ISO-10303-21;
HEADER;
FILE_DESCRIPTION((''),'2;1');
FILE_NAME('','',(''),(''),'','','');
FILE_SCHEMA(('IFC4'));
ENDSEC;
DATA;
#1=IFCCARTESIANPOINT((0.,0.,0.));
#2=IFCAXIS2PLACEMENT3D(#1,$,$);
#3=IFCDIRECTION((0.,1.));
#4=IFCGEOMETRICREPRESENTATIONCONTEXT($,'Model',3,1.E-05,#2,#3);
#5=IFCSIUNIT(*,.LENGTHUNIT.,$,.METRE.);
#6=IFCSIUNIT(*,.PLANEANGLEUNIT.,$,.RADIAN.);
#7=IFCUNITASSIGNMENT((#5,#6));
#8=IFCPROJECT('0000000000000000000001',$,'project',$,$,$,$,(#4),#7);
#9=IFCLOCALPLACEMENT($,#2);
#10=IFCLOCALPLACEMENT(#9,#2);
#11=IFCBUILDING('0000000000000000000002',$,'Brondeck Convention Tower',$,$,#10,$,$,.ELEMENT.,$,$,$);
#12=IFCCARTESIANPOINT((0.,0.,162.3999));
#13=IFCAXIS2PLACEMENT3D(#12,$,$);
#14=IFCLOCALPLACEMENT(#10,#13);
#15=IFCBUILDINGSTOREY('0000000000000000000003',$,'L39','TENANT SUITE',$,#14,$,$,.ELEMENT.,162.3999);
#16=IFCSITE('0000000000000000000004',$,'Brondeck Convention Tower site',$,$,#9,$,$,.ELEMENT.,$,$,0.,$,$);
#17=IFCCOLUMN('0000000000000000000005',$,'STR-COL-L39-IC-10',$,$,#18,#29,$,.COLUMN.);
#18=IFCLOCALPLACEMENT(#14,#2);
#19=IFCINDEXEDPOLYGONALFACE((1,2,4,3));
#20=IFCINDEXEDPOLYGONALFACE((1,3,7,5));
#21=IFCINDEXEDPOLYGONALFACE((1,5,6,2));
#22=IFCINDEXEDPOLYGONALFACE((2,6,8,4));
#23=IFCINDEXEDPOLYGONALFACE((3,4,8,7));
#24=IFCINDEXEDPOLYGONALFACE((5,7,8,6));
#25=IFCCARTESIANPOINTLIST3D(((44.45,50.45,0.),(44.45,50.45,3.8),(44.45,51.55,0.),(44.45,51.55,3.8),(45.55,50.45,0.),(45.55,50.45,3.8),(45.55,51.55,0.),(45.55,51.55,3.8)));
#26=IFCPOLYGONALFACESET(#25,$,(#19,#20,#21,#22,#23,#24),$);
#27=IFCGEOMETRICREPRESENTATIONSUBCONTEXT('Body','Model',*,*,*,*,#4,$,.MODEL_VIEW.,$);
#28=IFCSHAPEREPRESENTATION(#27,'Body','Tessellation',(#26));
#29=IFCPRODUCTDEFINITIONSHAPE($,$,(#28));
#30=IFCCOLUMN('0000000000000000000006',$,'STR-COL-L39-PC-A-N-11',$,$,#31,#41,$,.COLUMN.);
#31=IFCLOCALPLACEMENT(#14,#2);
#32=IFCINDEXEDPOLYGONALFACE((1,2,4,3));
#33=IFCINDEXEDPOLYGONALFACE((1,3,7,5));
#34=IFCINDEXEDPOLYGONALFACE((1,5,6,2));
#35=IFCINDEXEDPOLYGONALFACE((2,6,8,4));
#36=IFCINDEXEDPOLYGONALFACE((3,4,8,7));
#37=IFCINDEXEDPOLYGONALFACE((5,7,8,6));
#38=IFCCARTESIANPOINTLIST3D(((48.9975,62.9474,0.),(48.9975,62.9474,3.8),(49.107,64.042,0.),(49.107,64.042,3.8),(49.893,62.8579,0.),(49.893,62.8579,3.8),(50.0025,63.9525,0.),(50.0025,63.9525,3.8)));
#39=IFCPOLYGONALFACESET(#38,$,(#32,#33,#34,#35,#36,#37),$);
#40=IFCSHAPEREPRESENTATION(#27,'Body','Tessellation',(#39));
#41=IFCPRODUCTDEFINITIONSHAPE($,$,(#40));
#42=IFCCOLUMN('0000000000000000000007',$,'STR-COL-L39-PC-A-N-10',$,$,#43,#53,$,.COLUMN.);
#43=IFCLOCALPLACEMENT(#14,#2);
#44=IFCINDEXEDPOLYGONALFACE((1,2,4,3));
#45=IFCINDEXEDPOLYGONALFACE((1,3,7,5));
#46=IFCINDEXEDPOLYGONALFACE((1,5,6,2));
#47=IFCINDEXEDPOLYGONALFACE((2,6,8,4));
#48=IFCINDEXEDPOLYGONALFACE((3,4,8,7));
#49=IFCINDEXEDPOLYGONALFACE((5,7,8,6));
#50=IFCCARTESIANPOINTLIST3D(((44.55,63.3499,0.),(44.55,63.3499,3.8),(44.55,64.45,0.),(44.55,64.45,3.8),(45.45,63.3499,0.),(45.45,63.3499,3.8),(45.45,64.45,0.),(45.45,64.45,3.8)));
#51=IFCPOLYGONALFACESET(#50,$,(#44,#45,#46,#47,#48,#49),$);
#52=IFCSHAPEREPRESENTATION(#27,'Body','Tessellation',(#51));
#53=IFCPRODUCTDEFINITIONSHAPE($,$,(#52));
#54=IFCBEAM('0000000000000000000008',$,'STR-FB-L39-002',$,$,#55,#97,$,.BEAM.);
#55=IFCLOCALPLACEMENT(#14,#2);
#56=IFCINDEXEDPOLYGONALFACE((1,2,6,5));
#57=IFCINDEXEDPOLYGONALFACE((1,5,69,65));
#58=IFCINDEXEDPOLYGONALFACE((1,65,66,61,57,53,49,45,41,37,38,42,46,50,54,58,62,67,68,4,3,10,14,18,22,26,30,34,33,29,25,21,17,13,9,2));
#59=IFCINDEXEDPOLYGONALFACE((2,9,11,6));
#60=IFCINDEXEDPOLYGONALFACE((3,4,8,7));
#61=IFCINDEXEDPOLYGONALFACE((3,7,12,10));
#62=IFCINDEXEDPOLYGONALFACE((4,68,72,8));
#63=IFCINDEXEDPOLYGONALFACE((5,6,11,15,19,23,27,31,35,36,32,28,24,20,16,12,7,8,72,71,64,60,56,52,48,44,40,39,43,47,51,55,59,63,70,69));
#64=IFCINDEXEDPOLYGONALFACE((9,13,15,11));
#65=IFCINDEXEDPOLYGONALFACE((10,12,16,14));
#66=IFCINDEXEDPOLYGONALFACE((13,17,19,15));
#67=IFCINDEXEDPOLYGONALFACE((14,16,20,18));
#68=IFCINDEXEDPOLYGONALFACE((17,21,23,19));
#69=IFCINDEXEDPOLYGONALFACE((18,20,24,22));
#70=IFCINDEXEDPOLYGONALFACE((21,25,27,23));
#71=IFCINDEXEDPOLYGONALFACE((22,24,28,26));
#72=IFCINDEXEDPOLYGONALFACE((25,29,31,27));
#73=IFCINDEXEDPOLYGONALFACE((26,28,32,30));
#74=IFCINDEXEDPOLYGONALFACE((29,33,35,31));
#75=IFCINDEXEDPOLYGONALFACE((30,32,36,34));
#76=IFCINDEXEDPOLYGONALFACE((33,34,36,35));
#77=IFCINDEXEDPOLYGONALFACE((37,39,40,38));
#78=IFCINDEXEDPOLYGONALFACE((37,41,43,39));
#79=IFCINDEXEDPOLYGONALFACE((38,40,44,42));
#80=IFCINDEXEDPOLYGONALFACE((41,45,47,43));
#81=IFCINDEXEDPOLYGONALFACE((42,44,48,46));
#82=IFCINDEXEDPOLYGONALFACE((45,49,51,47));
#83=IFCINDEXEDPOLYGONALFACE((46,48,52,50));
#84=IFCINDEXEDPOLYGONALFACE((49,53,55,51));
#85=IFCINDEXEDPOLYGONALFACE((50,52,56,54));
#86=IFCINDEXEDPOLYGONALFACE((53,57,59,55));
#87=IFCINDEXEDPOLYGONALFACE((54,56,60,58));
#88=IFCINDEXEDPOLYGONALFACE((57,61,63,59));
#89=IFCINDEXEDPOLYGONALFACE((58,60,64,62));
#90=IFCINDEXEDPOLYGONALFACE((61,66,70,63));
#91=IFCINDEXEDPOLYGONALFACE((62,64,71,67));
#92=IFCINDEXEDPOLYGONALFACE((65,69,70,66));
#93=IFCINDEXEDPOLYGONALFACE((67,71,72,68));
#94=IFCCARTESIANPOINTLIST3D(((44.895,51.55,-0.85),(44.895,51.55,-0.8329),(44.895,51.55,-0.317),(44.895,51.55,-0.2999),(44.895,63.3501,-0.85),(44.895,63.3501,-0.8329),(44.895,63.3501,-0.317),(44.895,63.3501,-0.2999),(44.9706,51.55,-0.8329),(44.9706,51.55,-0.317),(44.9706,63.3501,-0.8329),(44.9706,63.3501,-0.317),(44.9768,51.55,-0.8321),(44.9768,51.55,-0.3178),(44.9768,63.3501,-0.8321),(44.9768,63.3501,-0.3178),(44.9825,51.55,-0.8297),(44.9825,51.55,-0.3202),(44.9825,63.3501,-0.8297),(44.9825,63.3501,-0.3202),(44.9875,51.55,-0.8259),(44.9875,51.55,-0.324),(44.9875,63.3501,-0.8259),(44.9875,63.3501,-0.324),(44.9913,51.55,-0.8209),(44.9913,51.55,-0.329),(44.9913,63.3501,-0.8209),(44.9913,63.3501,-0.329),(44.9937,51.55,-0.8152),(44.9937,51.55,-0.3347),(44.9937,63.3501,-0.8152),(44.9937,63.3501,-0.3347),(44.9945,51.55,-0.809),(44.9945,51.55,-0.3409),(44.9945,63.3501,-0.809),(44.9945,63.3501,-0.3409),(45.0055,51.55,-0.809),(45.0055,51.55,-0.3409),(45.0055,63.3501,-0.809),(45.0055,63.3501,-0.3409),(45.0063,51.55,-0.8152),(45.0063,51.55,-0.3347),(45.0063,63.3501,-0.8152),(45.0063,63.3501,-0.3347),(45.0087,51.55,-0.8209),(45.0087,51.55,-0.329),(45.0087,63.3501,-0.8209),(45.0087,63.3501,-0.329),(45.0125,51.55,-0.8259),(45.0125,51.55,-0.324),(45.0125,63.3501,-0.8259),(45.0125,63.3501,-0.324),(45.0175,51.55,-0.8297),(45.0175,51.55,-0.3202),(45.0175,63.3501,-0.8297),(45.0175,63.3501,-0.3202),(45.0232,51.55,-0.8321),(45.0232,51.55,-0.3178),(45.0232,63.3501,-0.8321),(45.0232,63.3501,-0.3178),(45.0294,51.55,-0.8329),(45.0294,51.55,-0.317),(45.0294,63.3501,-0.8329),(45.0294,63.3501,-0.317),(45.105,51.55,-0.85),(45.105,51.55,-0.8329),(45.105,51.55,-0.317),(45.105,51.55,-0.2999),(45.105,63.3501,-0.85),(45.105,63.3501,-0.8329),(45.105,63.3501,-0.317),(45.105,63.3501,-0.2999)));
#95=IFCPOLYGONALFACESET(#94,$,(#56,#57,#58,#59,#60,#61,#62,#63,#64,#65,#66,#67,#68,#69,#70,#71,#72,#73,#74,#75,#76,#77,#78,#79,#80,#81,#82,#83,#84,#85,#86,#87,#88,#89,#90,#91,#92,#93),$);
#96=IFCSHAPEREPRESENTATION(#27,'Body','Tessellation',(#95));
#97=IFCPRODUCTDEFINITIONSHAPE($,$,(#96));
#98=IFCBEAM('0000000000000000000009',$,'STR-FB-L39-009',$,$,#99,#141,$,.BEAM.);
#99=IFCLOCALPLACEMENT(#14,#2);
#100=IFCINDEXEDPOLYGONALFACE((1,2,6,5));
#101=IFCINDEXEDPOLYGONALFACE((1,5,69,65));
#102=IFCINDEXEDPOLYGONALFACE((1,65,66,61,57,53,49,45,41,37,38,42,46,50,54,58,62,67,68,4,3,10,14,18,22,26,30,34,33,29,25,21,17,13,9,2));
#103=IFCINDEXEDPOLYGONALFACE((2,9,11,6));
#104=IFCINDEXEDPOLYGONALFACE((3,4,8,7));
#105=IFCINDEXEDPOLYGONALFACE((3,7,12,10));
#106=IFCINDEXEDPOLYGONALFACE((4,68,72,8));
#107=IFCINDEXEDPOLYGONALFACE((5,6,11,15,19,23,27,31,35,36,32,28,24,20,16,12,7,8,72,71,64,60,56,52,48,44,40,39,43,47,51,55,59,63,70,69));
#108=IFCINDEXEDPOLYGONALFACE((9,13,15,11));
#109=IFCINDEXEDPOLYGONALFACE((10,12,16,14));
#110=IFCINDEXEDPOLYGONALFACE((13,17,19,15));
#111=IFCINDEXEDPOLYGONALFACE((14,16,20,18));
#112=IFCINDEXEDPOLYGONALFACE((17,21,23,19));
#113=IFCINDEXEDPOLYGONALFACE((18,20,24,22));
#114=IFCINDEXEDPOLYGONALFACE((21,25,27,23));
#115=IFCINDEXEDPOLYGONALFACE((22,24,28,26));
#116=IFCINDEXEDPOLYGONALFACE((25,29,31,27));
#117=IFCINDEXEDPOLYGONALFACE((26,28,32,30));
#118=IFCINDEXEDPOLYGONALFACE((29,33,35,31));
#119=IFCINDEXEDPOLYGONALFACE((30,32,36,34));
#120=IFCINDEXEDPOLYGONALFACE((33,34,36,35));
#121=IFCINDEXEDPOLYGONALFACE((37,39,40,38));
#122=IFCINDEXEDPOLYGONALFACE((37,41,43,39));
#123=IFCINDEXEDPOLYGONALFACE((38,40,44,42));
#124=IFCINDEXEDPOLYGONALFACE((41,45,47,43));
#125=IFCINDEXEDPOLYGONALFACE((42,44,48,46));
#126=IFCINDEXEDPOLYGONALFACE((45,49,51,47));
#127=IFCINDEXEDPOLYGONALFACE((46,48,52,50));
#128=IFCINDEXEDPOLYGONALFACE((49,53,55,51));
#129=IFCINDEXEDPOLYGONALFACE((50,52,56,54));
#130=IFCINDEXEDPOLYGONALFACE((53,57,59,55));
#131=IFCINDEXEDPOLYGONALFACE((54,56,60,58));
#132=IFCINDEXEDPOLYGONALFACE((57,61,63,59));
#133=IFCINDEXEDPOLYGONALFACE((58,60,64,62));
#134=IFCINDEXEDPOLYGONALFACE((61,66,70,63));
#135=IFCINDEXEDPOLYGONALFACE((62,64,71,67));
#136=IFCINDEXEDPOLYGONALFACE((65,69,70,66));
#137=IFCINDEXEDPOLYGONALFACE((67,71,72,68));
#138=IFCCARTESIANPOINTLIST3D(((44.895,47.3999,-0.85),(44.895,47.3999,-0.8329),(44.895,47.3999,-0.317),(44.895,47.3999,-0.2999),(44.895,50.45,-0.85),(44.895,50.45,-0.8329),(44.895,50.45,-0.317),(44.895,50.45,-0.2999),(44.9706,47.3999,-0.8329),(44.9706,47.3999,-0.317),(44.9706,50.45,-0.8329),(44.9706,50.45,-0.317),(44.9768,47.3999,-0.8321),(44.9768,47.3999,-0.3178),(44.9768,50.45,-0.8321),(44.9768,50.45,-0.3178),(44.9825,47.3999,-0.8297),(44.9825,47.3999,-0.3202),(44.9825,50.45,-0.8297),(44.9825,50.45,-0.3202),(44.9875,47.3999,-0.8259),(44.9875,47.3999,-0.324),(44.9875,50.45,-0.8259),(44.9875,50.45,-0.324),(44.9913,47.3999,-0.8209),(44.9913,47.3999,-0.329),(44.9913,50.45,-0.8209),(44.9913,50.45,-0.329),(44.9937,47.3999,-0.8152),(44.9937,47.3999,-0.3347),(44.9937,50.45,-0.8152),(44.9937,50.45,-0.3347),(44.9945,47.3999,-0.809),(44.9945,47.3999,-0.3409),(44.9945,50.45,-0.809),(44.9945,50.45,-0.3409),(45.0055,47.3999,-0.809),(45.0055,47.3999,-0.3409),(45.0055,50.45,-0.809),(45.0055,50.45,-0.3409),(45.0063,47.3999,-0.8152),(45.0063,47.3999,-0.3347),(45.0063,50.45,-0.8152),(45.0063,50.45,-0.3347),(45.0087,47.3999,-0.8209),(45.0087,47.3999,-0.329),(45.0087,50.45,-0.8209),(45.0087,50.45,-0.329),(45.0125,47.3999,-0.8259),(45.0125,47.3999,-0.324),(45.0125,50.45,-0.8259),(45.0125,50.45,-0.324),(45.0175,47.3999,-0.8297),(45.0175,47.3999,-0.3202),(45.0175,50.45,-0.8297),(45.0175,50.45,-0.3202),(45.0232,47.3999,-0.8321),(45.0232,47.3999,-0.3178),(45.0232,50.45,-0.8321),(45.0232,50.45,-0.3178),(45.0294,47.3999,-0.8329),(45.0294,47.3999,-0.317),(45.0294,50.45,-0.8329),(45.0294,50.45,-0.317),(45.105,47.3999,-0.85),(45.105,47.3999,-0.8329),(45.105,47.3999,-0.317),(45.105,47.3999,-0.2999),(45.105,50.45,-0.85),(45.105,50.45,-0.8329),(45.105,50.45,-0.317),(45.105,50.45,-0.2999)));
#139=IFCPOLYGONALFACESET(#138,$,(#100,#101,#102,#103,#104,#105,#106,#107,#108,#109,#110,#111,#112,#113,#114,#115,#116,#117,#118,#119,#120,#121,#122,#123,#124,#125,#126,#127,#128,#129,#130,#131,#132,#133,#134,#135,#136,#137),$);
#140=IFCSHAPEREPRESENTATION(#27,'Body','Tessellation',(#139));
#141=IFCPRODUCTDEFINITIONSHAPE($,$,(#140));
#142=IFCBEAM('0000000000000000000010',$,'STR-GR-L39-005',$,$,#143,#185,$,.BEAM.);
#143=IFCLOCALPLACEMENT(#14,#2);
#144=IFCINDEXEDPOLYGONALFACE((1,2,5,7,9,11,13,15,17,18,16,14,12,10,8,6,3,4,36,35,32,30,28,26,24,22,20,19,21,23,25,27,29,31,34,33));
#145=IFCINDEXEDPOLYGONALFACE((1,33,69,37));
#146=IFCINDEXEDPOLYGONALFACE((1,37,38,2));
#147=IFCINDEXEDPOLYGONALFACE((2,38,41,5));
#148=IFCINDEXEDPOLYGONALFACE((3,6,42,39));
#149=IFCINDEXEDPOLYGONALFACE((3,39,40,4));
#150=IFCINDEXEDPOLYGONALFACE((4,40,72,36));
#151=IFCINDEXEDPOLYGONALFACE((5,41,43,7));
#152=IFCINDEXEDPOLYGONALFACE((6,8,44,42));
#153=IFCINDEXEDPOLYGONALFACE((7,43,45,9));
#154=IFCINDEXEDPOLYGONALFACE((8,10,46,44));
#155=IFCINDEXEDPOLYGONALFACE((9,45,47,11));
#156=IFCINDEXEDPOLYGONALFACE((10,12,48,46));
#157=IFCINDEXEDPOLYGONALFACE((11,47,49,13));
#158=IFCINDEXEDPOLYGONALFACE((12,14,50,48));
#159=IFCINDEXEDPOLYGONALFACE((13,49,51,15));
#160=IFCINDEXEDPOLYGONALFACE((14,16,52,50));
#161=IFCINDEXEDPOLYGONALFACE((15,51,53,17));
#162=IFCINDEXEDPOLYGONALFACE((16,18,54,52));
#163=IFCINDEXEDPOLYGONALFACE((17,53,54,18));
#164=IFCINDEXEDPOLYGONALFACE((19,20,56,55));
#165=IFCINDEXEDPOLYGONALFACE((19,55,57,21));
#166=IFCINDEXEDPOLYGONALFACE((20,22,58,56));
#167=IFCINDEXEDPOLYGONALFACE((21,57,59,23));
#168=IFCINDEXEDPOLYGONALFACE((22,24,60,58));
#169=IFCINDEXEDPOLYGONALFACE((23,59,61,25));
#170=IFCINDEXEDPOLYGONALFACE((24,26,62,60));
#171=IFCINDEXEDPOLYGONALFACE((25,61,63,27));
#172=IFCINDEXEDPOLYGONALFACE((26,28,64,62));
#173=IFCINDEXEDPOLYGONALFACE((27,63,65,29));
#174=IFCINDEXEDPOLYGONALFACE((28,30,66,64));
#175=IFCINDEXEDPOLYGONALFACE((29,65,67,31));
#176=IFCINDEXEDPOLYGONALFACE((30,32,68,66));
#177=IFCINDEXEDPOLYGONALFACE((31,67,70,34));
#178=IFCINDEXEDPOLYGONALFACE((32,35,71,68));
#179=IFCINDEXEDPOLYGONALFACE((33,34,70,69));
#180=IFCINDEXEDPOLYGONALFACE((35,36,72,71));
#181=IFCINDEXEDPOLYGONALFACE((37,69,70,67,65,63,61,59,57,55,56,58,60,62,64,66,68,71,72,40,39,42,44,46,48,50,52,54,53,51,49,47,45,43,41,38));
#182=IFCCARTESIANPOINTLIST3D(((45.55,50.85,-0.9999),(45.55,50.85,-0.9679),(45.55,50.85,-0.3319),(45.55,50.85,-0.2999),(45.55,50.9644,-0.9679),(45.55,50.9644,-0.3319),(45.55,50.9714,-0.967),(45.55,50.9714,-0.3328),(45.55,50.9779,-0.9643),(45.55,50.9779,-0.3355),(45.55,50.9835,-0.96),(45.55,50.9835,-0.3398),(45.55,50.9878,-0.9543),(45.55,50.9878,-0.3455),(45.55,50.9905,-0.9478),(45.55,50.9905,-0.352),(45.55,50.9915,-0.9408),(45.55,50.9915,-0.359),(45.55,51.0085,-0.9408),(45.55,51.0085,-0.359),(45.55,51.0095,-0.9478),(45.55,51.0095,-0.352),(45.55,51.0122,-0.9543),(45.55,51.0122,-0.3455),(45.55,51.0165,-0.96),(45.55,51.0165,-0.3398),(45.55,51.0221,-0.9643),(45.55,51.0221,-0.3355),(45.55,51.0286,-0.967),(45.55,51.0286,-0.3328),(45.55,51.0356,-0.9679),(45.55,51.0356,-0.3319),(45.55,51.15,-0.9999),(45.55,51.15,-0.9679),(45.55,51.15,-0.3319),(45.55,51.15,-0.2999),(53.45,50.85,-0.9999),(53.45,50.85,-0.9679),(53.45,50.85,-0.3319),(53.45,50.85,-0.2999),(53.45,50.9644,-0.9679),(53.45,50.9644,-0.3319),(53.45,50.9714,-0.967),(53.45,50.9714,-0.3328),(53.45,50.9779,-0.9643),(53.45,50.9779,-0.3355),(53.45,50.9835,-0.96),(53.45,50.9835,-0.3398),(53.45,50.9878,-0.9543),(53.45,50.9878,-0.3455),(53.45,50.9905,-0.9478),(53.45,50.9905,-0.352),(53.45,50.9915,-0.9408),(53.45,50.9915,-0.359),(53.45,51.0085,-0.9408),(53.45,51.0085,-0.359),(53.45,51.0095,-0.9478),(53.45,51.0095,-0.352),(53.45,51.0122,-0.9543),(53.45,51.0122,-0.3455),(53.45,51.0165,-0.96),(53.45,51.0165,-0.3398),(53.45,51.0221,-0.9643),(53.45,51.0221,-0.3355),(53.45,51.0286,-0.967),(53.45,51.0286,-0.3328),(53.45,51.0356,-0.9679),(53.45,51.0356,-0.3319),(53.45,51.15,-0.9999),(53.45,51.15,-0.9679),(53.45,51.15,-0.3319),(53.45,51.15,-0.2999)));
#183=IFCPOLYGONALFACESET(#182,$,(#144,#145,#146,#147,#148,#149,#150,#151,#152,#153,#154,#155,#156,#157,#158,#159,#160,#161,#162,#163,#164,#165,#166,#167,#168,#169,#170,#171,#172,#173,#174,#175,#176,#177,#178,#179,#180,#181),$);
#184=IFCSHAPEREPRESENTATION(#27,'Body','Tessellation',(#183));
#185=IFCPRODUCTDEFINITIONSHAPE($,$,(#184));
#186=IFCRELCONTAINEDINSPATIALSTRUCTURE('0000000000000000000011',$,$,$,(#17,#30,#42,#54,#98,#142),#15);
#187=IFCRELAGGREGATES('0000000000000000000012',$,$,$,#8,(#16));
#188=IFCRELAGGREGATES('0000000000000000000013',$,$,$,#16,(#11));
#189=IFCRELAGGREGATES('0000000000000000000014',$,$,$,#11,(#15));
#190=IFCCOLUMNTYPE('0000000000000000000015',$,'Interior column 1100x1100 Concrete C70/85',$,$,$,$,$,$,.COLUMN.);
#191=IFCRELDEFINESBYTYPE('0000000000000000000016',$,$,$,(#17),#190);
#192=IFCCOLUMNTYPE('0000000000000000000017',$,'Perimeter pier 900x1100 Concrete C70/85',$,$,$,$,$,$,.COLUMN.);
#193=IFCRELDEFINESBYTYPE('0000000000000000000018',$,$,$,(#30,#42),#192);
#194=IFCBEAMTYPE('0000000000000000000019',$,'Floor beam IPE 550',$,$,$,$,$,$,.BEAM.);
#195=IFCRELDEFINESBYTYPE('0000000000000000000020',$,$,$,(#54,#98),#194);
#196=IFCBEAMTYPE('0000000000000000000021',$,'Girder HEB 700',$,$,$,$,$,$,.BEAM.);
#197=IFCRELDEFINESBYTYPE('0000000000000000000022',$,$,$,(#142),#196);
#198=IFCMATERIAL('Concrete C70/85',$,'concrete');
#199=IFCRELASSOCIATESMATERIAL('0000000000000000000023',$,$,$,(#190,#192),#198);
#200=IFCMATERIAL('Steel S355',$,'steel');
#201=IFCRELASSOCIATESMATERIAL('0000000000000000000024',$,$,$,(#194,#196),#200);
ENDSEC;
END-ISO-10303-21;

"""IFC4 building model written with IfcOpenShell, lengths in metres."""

from ifc_helpers import new_model, si_unit, direction, frame, origin, origin_2d, place, context, subcontext, project, spatial, rectangle, i_section, extrude, material, material_profile, profile_set, type_object, element, save


model = new_model("IFC4")

# Units and contexts
model_context = context("Model", 3, precision=1e-05, world=origin(), true_north=direction((0.0, 1.0)))
body_context = subcontext(model_context, "Body", "Model", "MODEL_VIEW")
ifc_project = project(units=[si_unit("LENGTHUNIT", "METRE"), si_unit("PLANEANGLEUNIT", "RADIAN")], contexts=[model_context])

# Site, building, storey
site_placement = place(None, origin())
site = spatial("IfcSite", under=ifc_project, at=site_placement, Name="Brondeck Convention Tower site", CompositionType="ELEMENT", RefElevation=0.0)
building_placement = place(site_placement, origin())
building = spatial("IfcBuilding", under=site, at=building_placement, Name="Brondeck Convention Tower", CompositionType="ELEMENT")
storey_placement = place(building_placement, frame((0.0, 0.0, 162.3999)))
storey = spatial("IfcBuildingStorey", under=building, at=storey_placement, Name="L39", Description="TENANT SUITE", CompositionType="ELEMENT", Elevation=162.3999)

# Columns
ifc_material_1 = material(Name="Concrete C70/85", Category="concrete")
ifc_material_profile_1 = material_profile(ifc_material_1, rectangle(XDim=1.1001, YDim=1.1001, at=origin_2d()), Name="Interior column 1100x1100 Concrete C70/85")
ifc_profile_set_1 = profile_set([ifc_material_profile_1], Name="Concrete C70/85")
column_type_1 = type_object("IfcColumnType", Name="Interior column 1100x1100 Concrete C70/85", PredefinedType="COLUMN", material=ifc_profile_set_1)
column_placement = place(storey_placement, frame((45.0, 51.0, 0.0), z_axis=(0.0, 0.0, 1.0), x_axis=(1.0, 0.0, 0.0)))
element("IfcColumn", 1, at=column_placement, inside=storey, type_object=column_type_1, Name="STR-COL-L39-IC-10", PredefinedType="COLUMN", context=body_context, shape_type="SweptSolid", body=[
    extrude(rectangle(XDim=1.1001, YDim=1.1001, at=origin_2d()), origin(), (0.0, 0.0, 1.0), 3.8),
])
ifc_material_profile_2 = material_profile(ifc_material_1, rectangle(XDim=0.8999, YDim=1.1001, at=origin_2d()), Name="Perimeter pier 900x1100 Concrete C70/85")
ifc_profile_set_2 = profile_set([ifc_material_profile_2], Name="Concrete C70/85")
column_type_2 = type_object("IfcColumnType", Name="Perimeter pier 900x1100 Concrete C70/85", PredefinedType="COLUMN", material=ifc_profile_set_2)
for number, where, z_axis, x_axis, name in (
    (2, (49.5, 63.45, 0.0), (0.0, 0.0, 1.0), (-0.995037, 0.099504, 0.0), "STR-COL-L39-PC-A-N-11"),
    (3, (45.0, 63.8999, 0.0), (0.0, 0.0, 1.0), (-1.0, 0.0, 0.0), "STR-COL-L39-PC-A-N-10"),
):
    element("IfcColumn", number, at=place(storey_placement, frame(where, z_axis=z_axis, x_axis=x_axis)), inside=storey, type_object=column_type_2, Name=name, PredefinedType="COLUMN", context=body_context, shape_type="SweptSolid", body=[
        extrude(rectangle(XDim=0.8999, YDim=1.1001, at=origin_2d()), origin(), (0.0, 0.0, 1.0), 3.8),
    ])

# Beams
ifc_material_2 = material(Name="Steel S355", Category="steel")
ifc_material_profile_3 = material_profile(ifc_material_2, i_section(OverallWidth=0.21, OverallDepth=0.55, WebThickness=0.011, FlangeThickness=0.0171, FilletRadius=0.0239, at=origin_2d()), Name="IPE 550")
ifc_profile_set_3 = profile_set([ifc_material_profile_3], Name="Steel S355")
beam_type_1 = type_object("IfcBeamType", Name="Floor beam IPE 550", PredefinedType="BEAM", material=ifc_profile_set_3)
beam_1_placement = place(storey_placement, frame((45.0, 51.55, -0.575), z_axis=(0.0, 1.0, 0.0), x_axis=(-1.0, 0.0, 0.0)))
element("IfcBeam", 4, at=beam_1_placement, inside=storey, type_object=beam_type_1, Name="STR-FB-L39-002", PredefinedType="BEAM", context=body_context, shape_type="SweptSolid", body=[
    extrude(i_section(OverallWidth=0.21, OverallDepth=0.55, WebThickness=0.011, FlangeThickness=0.0171, FilletRadius=0.0239, at=origin_2d()), origin(), (0.0, 0.0, 1.0), 11.8),
])
beam_2_placement = place(storey_placement, frame((45.0, 47.3999, -0.575), z_axis=(0.0, 1.0, 0.0), x_axis=(-1.0, 0.0, 0.0)))
element("IfcBeam", 5, at=beam_2_placement, inside=storey, type_object=beam_type_1, Name="STR-FB-L39-009", PredefinedType="BEAM", context=body_context, shape_type="SweptSolid", body=[
    extrude(i_section(OverallWidth=0.21, OverallDepth=0.55, WebThickness=0.011, FlangeThickness=0.0171, FilletRadius=0.0239, at=origin_2d()), origin(), (0.0, 0.0, 1.0), 3.05),
])
ifc_material_profile_4 = material_profile(ifc_material_2, i_section(OverallWidth=0.3, OverallDepth=0.7, WebThickness=0.0171, FlangeThickness=0.032, FilletRadius=0.0271, at=origin_2d()), Name="HEB 700")
ifc_profile_set_4 = profile_set([ifc_material_profile_4], Name="Steel S355")
beam_type_2 = type_object("IfcBeamType", Name="Girder HEB 700", PredefinedType="BEAM", material=ifc_profile_set_4)
beam_3_placement = place(storey_placement, frame((45.55, 51.0, -0.6499), z_axis=(1.0, 0.0, 0.0), x_axis=(0.0, 1.0, 0.0)))
element("IfcBeam", 6, at=beam_3_placement, inside=storey, type_object=beam_type_2, Name="STR-GR-L39-005", PredefinedType="BEAM", context=body_context, shape_type="SweptSolid", body=[
    extrude(i_section(OverallWidth=0.3, OverallDepth=0.7, WebThickness=0.0171, FlangeThickness=0.032, FilletRadius=0.0271, at=origin_2d()), origin(), (0.0, 0.0, 1.0), 7.8999),
])

save(model, "model.ifc")
